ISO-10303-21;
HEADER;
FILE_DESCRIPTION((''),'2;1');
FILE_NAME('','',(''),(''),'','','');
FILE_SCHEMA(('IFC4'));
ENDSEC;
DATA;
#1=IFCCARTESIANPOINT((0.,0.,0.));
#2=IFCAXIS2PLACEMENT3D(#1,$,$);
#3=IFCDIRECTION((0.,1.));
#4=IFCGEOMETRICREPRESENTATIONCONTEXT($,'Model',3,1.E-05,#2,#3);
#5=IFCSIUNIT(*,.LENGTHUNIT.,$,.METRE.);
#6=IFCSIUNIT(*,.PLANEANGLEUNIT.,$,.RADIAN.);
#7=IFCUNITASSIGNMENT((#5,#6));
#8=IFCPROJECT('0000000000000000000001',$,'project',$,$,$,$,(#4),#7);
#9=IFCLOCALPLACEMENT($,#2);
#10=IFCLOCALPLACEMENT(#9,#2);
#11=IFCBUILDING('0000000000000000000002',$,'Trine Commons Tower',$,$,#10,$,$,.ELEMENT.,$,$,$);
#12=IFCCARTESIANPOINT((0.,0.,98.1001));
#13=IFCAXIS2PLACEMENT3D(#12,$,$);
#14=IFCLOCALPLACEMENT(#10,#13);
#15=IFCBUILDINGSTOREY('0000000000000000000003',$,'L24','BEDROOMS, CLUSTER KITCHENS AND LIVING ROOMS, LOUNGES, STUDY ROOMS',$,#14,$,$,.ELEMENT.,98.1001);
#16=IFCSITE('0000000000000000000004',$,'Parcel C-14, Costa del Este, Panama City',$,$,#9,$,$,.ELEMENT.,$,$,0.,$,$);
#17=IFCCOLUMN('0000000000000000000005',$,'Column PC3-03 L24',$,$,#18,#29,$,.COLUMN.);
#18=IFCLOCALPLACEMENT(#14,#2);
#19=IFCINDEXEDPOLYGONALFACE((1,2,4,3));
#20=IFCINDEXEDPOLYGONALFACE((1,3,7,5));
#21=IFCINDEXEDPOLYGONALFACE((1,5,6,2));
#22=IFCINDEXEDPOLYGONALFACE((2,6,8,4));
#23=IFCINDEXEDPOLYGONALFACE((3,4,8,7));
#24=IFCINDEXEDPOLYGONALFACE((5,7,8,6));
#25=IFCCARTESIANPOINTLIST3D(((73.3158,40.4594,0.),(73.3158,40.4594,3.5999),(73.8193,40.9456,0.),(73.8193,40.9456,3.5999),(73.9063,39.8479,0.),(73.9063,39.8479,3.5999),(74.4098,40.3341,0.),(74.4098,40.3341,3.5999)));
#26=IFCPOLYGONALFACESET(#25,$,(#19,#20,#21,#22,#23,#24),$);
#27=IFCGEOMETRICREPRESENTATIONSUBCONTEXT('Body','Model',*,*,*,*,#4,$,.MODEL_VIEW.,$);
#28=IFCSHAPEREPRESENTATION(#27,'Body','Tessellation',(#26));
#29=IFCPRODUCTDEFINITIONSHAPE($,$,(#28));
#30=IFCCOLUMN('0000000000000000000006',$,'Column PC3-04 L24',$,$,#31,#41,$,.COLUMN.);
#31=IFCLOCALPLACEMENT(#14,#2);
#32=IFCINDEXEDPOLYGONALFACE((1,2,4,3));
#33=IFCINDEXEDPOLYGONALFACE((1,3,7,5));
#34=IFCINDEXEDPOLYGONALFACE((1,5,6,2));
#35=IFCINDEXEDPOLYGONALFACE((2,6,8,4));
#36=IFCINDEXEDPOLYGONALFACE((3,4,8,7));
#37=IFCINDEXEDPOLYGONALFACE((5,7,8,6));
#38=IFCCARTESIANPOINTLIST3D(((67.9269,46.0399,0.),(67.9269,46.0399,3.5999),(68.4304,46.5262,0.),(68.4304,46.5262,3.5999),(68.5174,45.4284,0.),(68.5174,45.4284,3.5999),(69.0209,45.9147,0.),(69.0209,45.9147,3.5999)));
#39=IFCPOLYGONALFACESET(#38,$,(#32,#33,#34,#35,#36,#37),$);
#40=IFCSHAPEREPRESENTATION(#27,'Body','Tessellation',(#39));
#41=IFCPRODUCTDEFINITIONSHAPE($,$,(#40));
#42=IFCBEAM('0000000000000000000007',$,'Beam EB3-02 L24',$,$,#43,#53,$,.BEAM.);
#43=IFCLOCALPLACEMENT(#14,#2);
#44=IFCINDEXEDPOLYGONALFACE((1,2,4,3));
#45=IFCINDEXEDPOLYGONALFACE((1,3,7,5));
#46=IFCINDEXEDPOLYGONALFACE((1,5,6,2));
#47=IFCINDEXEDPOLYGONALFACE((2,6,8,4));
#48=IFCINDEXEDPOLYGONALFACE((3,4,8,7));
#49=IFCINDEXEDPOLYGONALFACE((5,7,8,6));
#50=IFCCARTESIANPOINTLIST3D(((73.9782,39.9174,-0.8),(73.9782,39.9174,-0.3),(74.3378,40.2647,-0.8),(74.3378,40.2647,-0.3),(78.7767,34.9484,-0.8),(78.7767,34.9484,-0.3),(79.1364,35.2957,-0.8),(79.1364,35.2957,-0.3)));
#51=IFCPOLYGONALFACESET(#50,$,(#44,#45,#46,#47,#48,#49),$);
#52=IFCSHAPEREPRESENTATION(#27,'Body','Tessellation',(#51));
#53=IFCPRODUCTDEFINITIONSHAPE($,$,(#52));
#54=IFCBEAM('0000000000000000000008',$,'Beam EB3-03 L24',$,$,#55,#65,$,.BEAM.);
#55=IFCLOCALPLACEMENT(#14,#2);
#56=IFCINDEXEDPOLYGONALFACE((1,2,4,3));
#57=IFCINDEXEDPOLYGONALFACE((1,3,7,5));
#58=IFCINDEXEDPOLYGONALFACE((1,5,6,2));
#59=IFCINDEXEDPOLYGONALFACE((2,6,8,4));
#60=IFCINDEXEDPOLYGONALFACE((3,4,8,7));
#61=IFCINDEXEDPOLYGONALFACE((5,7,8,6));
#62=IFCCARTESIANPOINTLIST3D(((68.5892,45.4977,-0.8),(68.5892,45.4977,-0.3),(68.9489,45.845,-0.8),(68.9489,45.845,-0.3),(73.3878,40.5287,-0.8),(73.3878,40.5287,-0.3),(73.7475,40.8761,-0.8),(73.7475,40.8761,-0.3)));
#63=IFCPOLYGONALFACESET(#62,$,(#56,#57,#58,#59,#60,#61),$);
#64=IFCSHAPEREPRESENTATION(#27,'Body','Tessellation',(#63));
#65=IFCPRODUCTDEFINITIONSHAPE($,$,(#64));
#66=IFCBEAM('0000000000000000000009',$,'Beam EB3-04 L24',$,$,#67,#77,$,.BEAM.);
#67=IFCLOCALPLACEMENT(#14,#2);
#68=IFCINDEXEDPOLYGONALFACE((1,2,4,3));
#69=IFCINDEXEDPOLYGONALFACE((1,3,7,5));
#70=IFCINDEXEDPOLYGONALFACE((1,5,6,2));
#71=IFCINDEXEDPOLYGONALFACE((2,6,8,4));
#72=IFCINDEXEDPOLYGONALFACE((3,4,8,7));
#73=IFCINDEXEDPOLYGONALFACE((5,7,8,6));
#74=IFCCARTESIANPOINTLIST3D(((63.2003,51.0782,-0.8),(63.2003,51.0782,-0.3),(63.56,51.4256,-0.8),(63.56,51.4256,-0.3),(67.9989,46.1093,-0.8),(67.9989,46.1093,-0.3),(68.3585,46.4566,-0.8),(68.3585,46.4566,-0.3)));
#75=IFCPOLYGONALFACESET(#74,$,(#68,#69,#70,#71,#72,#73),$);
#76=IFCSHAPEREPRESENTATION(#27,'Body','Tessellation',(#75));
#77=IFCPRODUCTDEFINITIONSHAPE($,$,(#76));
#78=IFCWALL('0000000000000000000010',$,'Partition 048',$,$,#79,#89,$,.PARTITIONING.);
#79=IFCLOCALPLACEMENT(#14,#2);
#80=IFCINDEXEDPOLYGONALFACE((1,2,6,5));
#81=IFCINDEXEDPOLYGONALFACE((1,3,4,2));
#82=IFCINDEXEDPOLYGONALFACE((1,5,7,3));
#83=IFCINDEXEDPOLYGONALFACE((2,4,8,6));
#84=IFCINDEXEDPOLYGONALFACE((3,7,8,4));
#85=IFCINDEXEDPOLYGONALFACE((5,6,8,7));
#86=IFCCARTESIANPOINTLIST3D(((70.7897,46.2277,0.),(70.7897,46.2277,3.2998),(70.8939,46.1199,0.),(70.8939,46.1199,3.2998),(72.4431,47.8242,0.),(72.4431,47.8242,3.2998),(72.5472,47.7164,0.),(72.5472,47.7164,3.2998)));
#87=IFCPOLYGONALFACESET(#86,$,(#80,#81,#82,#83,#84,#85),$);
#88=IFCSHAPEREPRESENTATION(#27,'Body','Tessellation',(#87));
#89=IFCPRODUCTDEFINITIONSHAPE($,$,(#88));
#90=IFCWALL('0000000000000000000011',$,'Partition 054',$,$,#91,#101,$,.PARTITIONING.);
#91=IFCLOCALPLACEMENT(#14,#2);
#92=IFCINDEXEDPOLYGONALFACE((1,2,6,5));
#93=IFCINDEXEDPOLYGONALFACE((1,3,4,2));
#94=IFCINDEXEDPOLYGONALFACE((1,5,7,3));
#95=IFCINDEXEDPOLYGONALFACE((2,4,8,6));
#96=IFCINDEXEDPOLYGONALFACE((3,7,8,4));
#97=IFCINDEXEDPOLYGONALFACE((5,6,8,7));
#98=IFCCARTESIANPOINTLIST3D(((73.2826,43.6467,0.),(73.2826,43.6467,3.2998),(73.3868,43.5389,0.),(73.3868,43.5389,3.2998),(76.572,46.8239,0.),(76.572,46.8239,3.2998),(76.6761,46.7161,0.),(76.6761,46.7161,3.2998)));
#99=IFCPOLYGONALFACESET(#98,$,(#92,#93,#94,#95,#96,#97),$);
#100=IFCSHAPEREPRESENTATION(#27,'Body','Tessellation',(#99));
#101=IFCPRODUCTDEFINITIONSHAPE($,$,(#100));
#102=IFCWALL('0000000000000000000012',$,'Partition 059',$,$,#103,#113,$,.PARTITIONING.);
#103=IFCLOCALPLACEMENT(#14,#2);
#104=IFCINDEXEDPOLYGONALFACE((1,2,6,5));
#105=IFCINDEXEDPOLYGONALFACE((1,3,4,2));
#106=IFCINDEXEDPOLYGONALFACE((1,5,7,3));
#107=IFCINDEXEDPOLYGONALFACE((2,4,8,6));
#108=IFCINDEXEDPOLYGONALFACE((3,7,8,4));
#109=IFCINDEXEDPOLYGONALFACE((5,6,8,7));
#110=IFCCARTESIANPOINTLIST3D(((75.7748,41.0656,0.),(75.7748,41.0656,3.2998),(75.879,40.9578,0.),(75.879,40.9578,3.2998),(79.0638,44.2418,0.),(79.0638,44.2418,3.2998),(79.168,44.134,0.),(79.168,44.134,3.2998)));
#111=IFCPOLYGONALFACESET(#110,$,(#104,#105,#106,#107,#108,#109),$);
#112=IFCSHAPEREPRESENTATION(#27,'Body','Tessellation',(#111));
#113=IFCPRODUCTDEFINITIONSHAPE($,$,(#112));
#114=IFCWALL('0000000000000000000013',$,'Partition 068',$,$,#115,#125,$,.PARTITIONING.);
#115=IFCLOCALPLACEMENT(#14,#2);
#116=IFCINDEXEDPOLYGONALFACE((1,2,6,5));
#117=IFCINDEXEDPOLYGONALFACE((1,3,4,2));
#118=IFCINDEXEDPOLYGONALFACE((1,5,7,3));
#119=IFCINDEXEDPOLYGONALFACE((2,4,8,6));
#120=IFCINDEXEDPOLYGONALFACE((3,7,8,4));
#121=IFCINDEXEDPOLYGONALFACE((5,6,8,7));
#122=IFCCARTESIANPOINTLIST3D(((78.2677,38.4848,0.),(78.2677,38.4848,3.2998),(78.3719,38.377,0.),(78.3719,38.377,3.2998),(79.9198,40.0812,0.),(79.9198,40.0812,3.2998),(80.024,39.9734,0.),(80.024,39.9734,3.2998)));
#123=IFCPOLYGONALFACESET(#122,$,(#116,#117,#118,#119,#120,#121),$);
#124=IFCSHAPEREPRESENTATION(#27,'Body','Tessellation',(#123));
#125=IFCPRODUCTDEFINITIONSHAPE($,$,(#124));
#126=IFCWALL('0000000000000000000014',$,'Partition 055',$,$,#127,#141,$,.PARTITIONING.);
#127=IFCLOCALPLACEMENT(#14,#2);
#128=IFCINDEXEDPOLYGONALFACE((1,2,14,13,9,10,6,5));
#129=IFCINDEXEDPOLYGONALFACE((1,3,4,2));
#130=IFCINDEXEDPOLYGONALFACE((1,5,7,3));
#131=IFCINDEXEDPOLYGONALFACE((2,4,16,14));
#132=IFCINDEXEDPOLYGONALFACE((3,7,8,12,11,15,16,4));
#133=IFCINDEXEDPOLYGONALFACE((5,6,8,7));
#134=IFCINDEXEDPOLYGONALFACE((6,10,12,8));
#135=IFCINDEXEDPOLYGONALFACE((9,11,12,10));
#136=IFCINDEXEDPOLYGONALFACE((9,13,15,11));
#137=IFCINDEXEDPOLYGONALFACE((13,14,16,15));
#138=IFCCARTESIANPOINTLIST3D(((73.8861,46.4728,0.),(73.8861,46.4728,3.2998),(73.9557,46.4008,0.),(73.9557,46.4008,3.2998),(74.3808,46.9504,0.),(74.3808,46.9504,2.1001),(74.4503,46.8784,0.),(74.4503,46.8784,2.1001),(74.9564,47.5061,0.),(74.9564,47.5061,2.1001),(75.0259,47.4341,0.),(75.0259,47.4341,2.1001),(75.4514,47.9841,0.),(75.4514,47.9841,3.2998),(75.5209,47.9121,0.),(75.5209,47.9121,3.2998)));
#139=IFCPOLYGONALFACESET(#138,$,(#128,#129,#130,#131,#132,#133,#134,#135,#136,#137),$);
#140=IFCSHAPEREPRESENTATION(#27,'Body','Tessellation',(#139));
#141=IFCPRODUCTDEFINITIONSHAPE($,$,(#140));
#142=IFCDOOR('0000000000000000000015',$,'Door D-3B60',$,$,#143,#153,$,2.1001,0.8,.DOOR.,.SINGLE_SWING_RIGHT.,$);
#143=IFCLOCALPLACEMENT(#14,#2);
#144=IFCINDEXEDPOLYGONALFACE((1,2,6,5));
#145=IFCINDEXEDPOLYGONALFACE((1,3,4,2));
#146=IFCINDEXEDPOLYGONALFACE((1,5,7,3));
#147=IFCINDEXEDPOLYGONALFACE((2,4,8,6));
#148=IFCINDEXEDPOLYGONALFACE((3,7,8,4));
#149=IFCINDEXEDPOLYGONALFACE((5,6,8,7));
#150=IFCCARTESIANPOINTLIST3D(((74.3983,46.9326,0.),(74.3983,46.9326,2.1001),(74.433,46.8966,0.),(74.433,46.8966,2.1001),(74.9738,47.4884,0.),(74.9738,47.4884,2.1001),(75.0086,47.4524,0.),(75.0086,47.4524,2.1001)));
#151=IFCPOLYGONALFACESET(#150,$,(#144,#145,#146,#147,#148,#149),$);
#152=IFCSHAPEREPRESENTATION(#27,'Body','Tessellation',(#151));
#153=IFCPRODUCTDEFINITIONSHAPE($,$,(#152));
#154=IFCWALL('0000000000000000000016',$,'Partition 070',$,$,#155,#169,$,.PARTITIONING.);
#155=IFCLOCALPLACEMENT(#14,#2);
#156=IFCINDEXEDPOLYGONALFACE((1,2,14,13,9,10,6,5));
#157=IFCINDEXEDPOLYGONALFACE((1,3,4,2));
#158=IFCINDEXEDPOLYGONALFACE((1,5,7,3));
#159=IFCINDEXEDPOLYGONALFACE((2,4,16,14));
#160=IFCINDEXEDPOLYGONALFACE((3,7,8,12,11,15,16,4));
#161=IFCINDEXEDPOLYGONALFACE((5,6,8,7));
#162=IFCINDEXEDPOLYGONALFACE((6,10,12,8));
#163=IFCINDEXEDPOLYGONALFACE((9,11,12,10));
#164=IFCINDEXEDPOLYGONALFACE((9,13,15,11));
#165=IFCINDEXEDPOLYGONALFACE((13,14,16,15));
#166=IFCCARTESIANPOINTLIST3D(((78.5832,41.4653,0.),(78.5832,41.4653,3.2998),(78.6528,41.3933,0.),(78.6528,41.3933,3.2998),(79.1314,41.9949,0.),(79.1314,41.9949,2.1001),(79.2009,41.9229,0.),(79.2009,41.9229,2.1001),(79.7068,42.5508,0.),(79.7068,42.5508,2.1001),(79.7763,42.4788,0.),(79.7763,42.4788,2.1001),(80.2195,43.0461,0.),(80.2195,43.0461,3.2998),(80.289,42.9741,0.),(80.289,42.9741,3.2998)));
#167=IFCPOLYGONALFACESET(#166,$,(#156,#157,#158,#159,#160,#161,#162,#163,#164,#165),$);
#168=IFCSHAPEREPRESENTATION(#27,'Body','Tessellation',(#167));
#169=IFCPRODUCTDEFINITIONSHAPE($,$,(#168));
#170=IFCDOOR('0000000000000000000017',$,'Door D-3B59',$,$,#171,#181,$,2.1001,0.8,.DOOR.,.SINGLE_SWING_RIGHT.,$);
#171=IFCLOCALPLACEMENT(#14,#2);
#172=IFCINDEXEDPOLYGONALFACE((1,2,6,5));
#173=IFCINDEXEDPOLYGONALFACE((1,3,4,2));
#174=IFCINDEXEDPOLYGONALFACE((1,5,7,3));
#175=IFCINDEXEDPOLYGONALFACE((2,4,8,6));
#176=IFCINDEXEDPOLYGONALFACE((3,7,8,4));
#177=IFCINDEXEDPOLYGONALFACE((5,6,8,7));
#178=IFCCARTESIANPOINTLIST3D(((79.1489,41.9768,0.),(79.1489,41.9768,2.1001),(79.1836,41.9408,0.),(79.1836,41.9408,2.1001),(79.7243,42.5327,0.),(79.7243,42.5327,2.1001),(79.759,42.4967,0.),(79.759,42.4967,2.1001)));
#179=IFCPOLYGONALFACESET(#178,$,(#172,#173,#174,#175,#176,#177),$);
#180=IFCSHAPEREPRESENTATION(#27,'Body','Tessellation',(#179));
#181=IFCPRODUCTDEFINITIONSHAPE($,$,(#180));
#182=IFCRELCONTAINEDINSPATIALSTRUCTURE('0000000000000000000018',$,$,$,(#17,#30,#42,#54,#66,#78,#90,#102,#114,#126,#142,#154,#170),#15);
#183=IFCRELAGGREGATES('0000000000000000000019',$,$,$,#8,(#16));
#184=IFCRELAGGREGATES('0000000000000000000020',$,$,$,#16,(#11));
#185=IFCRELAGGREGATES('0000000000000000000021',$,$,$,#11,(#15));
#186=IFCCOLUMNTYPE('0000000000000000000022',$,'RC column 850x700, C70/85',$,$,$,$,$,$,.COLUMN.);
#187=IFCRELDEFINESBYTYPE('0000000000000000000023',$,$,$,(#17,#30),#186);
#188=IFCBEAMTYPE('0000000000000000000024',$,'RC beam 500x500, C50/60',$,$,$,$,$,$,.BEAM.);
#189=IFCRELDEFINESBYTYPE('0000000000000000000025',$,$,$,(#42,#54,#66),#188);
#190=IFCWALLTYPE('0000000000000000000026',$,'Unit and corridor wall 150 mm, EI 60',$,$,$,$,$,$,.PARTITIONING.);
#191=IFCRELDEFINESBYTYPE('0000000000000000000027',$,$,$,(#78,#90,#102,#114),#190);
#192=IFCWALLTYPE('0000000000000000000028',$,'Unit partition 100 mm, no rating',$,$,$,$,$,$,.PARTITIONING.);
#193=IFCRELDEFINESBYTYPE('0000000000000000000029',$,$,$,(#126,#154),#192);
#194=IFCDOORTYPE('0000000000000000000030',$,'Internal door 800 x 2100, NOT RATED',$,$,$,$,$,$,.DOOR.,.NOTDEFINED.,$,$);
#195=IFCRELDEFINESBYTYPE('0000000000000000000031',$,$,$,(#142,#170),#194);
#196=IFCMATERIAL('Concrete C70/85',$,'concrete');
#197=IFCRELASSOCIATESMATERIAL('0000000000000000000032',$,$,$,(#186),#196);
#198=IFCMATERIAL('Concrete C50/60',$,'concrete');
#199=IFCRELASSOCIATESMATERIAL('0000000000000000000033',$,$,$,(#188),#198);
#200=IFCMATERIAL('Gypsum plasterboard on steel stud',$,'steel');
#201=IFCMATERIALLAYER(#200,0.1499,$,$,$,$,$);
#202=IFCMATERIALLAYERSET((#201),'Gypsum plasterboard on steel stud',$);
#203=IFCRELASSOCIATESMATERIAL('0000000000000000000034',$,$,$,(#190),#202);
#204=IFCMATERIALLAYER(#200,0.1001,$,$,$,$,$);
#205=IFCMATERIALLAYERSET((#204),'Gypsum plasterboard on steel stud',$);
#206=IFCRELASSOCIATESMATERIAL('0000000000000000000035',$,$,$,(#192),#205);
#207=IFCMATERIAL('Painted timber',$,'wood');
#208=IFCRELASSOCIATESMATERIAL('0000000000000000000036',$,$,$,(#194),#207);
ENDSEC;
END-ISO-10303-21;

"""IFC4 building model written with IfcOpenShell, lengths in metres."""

from ifc_helpers import new_model, si_unit, direction, frame, frame_2d, origin, origin_2d, place, context, subcontext, project, spatial, rectangle, extrude, material, layer, layer_set, material_profile, profile_set, type_object, element, fill, save


model = new_model("IFC4")

# Units and contexts
model_context = context("Model", 3, precision=1e-05, world=origin(), true_north=direction((0.0, 1.0)))
body_context = subcontext(model_context, "Body", "Model", "MODEL_VIEW")
ifc_project = project(units=[si_unit("LENGTHUNIT", "METRE"), si_unit("PLANEANGLEUNIT", "RADIAN")], contexts=[model_context])

# Site, building, storey
site_placement = place(None, origin())
site = spatial("IfcSite", under=ifc_project, at=site_placement, Name="Parcel C-14, Costa del Este, Panama City", CompositionType="ELEMENT", RefElevation=0.0)
building_placement = place(site_placement, origin())
building = spatial("IfcBuilding", under=site, at=building_placement, Name="Trine Commons Tower", CompositionType="ELEMENT")
storey_placement = place(building_placement, frame((0.0, 0.0, 98.1001)))
storey = spatial("IfcBuildingStorey", under=building, at=storey_placement, Name="L24", Description="BEDROOMS, CLUSTER KITCHENS AND LIVING ROOMS, LOUNGES, STUDY ROOMS", CompositionType="ELEMENT", Elevation=98.1001)

# Columns
ifc_material_1 = material(Name="Concrete C70/85", Category="concrete")
ifc_material_profile_1 = material_profile(ifc_material_1, rectangle(XDim=0.8501, YDim=0.7, at=origin_2d()), Name="RC 850x700")
ifc_profile_set_1 = profile_set([ifc_material_profile_1], Name="Concrete C70/85")
column_type = type_object("IfcColumnType", Name="RC column 850x700, C70/85", PredefinedType="COLUMN", material=ifc_profile_set_1)
for number, where, z_axis, x_axis, name in (
    (1, (73.8628, 40.3967, 0.0), (0.0, 0.0, 1.0), (-0.694658, 0.71934, 0.0), "Column PC3-03 L24"),
    (2, (68.4739, 45.9773, 0.0), (0.0, 0.0, 1.0), (-0.694658, 0.71934, 0.0), "Column PC3-04 L24"),
):
    element("IfcColumn", number, at=place(storey_placement, frame(where, z_axis=z_axis, x_axis=x_axis)), inside=storey, type_object=column_type, Name=name, PredefinedType="COLUMN", context=body_context, shape_type="SweptSolid", body=[
        extrude(rectangle(XDim=0.8501, YDim=0.7, at=origin_2d()), origin(), (0.0, 0.0, 1.0), 3.5999),
    ])

# Beams
ifc_material_2 = material(Name="Concrete C50/60", Category="concrete")
ifc_material_profile_2 = material_profile(ifc_material_2, rectangle(XDim=0.5, YDim=0.5, at=origin_2d()), Name="RC 500x500")
ifc_profile_set_2 = profile_set([ifc_material_profile_2], Name="Concrete C50/60")
beam_type = type_object("IfcBeamType", Name="RC beam 500x500, C50/60", PredefinedType="BEAM", material=ifc_profile_set_2)
for number, where, z_axis, x_axis, name in (
    (3, (78.9565, 35.1221, -0.55), (-0.694665, 0.719334, 0.0), (-0.719334, -0.694665, 0.0), "Beam EB3-02 L24"),
    (4, (73.5676, 40.7024, -0.55), (-0.694665, 0.719334, 0.0), (-0.719334, -0.694665, 0.0), "Beam EB3-03 L24"),
    (5, (68.1787, 46.283, -0.55), (-0.694665, 0.719334, 0.0), (-0.719334, -0.694665, 0.0), "Beam EB3-04 L24"),
):
    element("IfcBeam", number, at=place(storey_placement, frame(where, z_axis=z_axis, x_axis=x_axis)), inside=storey, type_object=beam_type, Name=name, PredefinedType="BEAM", context=body_context, shape_type="SweptSolid", body=[
        extrude(rectangle(XDim=0.5, YDim=0.5, at=origin_2d()), origin(), (0.0, 0.0, 1.0), 6.9077),
    ])

# Walls
ifc_material_3 = material(Name="Gypsum plasterboard on steel stud", Category="steel")
ifc_layer_1 = layer(ifc_material_3, 0.1499)
ifc_layer_set_1 = layer_set([ifc_layer_1], Name="Gypsum plasterboard on steel stud")
wall_type_1 = type_object("IfcWallType", Name="Unit and corridor wall 150 mm, EI 60", PredefinedType="PARTITIONING", material=ifc_layer_set_1)
wall_1_placement = place(storey_placement, frame((70.8418, 46.1738, 0.0), z_axis=(0.0, 0.0, 1.0), x_axis=(0.719374, 0.694623, 0.0)))
element("IfcWall", 6, at=wall_1_placement, inside=storey, type_object=wall_type_1, Name="Partition 048", PredefinedType="PARTITIONING", context=body_context, shape_type="SweptSolid", body=[
    extrude(rectangle(XDim=2.2983, YDim=0.1499, at=frame_2d((1.1492, 0.0))), origin(), (0.0, 0.0, 1.0), 3.2998),
])
wall_2_placement = place(storey_placement, frame((73.3347, 43.5928, 0.0), z_axis=(0.0, 0.0, 1.0), x_axis=(0.719252, 0.694749, 0.0)))
element("IfcWall", 7, at=wall_2_placement, inside=storey, type_object=wall_type_1, Name="Partition 054", PredefinedType="PARTITIONING", context=body_context, shape_type="SweptSolid", body=[
    extrude(rectangle(XDim=4.5732, YDim=0.1499, at=frame_2d((2.2866, 0.0))), origin(), (0.0, 0.0, 1.0), 3.2998),
])
wall_3_placement = place(storey_placement, frame((75.8269, 41.0117, 0.0), z_axis=(0.0, 0.0, 1.0), x_axis=(0.719333, 0.694665, 0.0)))
element("IfcWall", 8, at=wall_3_placement, inside=storey, type_object=wall_type_1, Name="Partition 059", PredefinedType="PARTITIONING", context=body_context, shape_type="SweptSolid", body=[
    extrude(rectangle(XDim=4.5723, YDim=0.1499, at=frame_2d((2.2861, 0.0))), origin(), (0.0, 0.0, 1.0), 3.2998),
])
wall_4_placement = place(storey_placement, frame((78.3198, 38.4309, 0.0), z_axis=(0.0, 0.0, 1.0), x_axis=(0.719118, 0.694888, 0.0)))
element("IfcWall", 9, at=wall_4_placement, inside=storey, type_object=wall_type_1, Name="Partition 068", PredefinedType="PARTITIONING", context=body_context, shape_type="SweptSolid", body=[
    extrude(rectangle(XDim=2.2974, YDim=0.1499, at=frame_2d((1.1487, 0.0))), origin(), (0.0, 0.0, 1.0), 3.2998),
])

# Walls, openings, doors
ifc_layer_2 = layer(ifc_material_3, 0.1001)
ifc_layer_set_2 = layer_set([ifc_layer_2], Name="Gypsum plasterboard on steel stud")
wall_type_2 = type_object("IfcWallType", Name="Unit partition 100 mm, no rating", PredefinedType="PARTITIONING", material=ifc_layer_set_2)
wall_5_placement = place(storey_placement, frame((73.9209, 46.4368, 0.0), z_axis=(0.0, 0.0, 1.0), x_axis=(0.719398, 0.694599, 0.0)))
wall_5 = element("IfcWall", 10, at=wall_5_placement, inside=storey, type_object=wall_type_2, Name="Partition 055", PredefinedType="PARTITIONING", context=body_context, shape_type="SweptSolid", body=[
    extrude(rectangle(XDim=2.1758, YDim=0.1001, at=frame_2d((1.0879, 0.0))), origin(), (0.0, 0.0, 1.0), 3.2998),
])
opening_1_placement = place(wall_5_placement, frame((0.6877, 0.0, 0.0)))
opening_1 = element("IfcOpeningElement", 11, at=opening_1_placement, cuts=wall_5, PredefinedType="OPENING", context=body_context, shape_type="SweptSolid", body=[
    extrude(rectangle(XDim=0.8, YDim=2.1001, at=frame_2d((0.3999, 1.05))), frame((0.0, 0.0601, 0.0), z_axis=(0.0, -1.0, 0.0), x_axis=(1.0, 0.0, 0.0)), (0.0, 0.0, 1.0), 0.1201),
])
ifc_material_4 = material(Name="Painted timber", Category="wood")
door_type = type_object("IfcDoorType", Name="Internal door 800 x 2100, NOT RATED", OperationType="NOTDEFINED", PredefinedType="DOOR", material=ifc_material_4)
door_1_placement = place(opening_1_placement, frame((0.8, 0.0, 0.0), z_axis=(0.0, 0.0, 1.0), x_axis=(-1.0, 0.0, 0.0)))
door_1 = element("IfcDoor", 12, at=door_1_placement, inside=storey, type_object=door_type, Name="Door D-3B60", OperationType="SINGLE_SWING_RIGHT", OverallHeight=2.1001, OverallWidth=0.8, PredefinedType="DOOR", context=body_context, shape_type="SweptSolid", body=[
    extrude(rectangle(XDim=0.8, YDim=2.1001, at=frame_2d((0.3999, 1.05))), frame((0.0, 0.0249, 0.0), z_axis=(0.0, -1.0, 0.0), x_axis=(1.0, 0.0, 0.0)), (0.0, 0.0, 1.0), 0.05),
])
fill(opening_1, door_1)
wall_6_placement = place(storey_placement, frame((78.6179, 41.4292, 0.0), z_axis=(0.0, 0.0, 1.0), x_axis=(0.719181, 0.694822, 0.0)))
wall_6 = element("IfcWall", 13, at=wall_6_placement, inside=storey, type_object=wall_type_2, Name="Partition 070", PredefinedType="PARTITIONING", context=body_context, shape_type="SweptSolid", body=[
    extrude(rectangle(XDim=2.2751, YDim=0.1001, at=frame_2d((1.1377, 0.0))), origin(), (0.0, 0.0, 1.0), 3.2998),
])
opening_2_placement = place(wall_6_placement, frame((0.7625, 0.0, 0.0)))
opening_2 = element("IfcOpeningElement", 14, at=opening_2_placement, cuts=wall_6, PredefinedType="OPENING", context=body_context, shape_type="SweptSolid", body=[
    extrude(rectangle(XDim=0.8, YDim=2.1001, at=frame_2d((0.3999, 1.05))), frame((0.0, 0.0601, 0.0), z_axis=(0.0, -1.0, 0.0), x_axis=(1.0, 0.0, 0.0)), (0.0, 0.0, 1.0), 0.1201),
])
door_2_placement = place(opening_2_placement, origin())
door_2 = element("IfcDoor", 15, at=door_2_placement, inside=storey, type_object=door_type, Name="Door D-3B59", OperationType="SINGLE_SWING_RIGHT", OverallHeight=2.1001, OverallWidth=0.8, PredefinedType="DOOR", context=body_context, shape_type="SweptSolid", body=[
    extrude(rectangle(XDim=0.8, YDim=2.1001, at=frame_2d((0.3999, 1.05))), frame((0.0, 0.0249, 0.0), z_axis=(0.0, -1.0, 0.0), x_axis=(1.0, 0.0, 0.0)), (0.0, 0.0, 1.0), 0.05),
])
fill(opening_2, door_2)

save(model, "model.ifc")
